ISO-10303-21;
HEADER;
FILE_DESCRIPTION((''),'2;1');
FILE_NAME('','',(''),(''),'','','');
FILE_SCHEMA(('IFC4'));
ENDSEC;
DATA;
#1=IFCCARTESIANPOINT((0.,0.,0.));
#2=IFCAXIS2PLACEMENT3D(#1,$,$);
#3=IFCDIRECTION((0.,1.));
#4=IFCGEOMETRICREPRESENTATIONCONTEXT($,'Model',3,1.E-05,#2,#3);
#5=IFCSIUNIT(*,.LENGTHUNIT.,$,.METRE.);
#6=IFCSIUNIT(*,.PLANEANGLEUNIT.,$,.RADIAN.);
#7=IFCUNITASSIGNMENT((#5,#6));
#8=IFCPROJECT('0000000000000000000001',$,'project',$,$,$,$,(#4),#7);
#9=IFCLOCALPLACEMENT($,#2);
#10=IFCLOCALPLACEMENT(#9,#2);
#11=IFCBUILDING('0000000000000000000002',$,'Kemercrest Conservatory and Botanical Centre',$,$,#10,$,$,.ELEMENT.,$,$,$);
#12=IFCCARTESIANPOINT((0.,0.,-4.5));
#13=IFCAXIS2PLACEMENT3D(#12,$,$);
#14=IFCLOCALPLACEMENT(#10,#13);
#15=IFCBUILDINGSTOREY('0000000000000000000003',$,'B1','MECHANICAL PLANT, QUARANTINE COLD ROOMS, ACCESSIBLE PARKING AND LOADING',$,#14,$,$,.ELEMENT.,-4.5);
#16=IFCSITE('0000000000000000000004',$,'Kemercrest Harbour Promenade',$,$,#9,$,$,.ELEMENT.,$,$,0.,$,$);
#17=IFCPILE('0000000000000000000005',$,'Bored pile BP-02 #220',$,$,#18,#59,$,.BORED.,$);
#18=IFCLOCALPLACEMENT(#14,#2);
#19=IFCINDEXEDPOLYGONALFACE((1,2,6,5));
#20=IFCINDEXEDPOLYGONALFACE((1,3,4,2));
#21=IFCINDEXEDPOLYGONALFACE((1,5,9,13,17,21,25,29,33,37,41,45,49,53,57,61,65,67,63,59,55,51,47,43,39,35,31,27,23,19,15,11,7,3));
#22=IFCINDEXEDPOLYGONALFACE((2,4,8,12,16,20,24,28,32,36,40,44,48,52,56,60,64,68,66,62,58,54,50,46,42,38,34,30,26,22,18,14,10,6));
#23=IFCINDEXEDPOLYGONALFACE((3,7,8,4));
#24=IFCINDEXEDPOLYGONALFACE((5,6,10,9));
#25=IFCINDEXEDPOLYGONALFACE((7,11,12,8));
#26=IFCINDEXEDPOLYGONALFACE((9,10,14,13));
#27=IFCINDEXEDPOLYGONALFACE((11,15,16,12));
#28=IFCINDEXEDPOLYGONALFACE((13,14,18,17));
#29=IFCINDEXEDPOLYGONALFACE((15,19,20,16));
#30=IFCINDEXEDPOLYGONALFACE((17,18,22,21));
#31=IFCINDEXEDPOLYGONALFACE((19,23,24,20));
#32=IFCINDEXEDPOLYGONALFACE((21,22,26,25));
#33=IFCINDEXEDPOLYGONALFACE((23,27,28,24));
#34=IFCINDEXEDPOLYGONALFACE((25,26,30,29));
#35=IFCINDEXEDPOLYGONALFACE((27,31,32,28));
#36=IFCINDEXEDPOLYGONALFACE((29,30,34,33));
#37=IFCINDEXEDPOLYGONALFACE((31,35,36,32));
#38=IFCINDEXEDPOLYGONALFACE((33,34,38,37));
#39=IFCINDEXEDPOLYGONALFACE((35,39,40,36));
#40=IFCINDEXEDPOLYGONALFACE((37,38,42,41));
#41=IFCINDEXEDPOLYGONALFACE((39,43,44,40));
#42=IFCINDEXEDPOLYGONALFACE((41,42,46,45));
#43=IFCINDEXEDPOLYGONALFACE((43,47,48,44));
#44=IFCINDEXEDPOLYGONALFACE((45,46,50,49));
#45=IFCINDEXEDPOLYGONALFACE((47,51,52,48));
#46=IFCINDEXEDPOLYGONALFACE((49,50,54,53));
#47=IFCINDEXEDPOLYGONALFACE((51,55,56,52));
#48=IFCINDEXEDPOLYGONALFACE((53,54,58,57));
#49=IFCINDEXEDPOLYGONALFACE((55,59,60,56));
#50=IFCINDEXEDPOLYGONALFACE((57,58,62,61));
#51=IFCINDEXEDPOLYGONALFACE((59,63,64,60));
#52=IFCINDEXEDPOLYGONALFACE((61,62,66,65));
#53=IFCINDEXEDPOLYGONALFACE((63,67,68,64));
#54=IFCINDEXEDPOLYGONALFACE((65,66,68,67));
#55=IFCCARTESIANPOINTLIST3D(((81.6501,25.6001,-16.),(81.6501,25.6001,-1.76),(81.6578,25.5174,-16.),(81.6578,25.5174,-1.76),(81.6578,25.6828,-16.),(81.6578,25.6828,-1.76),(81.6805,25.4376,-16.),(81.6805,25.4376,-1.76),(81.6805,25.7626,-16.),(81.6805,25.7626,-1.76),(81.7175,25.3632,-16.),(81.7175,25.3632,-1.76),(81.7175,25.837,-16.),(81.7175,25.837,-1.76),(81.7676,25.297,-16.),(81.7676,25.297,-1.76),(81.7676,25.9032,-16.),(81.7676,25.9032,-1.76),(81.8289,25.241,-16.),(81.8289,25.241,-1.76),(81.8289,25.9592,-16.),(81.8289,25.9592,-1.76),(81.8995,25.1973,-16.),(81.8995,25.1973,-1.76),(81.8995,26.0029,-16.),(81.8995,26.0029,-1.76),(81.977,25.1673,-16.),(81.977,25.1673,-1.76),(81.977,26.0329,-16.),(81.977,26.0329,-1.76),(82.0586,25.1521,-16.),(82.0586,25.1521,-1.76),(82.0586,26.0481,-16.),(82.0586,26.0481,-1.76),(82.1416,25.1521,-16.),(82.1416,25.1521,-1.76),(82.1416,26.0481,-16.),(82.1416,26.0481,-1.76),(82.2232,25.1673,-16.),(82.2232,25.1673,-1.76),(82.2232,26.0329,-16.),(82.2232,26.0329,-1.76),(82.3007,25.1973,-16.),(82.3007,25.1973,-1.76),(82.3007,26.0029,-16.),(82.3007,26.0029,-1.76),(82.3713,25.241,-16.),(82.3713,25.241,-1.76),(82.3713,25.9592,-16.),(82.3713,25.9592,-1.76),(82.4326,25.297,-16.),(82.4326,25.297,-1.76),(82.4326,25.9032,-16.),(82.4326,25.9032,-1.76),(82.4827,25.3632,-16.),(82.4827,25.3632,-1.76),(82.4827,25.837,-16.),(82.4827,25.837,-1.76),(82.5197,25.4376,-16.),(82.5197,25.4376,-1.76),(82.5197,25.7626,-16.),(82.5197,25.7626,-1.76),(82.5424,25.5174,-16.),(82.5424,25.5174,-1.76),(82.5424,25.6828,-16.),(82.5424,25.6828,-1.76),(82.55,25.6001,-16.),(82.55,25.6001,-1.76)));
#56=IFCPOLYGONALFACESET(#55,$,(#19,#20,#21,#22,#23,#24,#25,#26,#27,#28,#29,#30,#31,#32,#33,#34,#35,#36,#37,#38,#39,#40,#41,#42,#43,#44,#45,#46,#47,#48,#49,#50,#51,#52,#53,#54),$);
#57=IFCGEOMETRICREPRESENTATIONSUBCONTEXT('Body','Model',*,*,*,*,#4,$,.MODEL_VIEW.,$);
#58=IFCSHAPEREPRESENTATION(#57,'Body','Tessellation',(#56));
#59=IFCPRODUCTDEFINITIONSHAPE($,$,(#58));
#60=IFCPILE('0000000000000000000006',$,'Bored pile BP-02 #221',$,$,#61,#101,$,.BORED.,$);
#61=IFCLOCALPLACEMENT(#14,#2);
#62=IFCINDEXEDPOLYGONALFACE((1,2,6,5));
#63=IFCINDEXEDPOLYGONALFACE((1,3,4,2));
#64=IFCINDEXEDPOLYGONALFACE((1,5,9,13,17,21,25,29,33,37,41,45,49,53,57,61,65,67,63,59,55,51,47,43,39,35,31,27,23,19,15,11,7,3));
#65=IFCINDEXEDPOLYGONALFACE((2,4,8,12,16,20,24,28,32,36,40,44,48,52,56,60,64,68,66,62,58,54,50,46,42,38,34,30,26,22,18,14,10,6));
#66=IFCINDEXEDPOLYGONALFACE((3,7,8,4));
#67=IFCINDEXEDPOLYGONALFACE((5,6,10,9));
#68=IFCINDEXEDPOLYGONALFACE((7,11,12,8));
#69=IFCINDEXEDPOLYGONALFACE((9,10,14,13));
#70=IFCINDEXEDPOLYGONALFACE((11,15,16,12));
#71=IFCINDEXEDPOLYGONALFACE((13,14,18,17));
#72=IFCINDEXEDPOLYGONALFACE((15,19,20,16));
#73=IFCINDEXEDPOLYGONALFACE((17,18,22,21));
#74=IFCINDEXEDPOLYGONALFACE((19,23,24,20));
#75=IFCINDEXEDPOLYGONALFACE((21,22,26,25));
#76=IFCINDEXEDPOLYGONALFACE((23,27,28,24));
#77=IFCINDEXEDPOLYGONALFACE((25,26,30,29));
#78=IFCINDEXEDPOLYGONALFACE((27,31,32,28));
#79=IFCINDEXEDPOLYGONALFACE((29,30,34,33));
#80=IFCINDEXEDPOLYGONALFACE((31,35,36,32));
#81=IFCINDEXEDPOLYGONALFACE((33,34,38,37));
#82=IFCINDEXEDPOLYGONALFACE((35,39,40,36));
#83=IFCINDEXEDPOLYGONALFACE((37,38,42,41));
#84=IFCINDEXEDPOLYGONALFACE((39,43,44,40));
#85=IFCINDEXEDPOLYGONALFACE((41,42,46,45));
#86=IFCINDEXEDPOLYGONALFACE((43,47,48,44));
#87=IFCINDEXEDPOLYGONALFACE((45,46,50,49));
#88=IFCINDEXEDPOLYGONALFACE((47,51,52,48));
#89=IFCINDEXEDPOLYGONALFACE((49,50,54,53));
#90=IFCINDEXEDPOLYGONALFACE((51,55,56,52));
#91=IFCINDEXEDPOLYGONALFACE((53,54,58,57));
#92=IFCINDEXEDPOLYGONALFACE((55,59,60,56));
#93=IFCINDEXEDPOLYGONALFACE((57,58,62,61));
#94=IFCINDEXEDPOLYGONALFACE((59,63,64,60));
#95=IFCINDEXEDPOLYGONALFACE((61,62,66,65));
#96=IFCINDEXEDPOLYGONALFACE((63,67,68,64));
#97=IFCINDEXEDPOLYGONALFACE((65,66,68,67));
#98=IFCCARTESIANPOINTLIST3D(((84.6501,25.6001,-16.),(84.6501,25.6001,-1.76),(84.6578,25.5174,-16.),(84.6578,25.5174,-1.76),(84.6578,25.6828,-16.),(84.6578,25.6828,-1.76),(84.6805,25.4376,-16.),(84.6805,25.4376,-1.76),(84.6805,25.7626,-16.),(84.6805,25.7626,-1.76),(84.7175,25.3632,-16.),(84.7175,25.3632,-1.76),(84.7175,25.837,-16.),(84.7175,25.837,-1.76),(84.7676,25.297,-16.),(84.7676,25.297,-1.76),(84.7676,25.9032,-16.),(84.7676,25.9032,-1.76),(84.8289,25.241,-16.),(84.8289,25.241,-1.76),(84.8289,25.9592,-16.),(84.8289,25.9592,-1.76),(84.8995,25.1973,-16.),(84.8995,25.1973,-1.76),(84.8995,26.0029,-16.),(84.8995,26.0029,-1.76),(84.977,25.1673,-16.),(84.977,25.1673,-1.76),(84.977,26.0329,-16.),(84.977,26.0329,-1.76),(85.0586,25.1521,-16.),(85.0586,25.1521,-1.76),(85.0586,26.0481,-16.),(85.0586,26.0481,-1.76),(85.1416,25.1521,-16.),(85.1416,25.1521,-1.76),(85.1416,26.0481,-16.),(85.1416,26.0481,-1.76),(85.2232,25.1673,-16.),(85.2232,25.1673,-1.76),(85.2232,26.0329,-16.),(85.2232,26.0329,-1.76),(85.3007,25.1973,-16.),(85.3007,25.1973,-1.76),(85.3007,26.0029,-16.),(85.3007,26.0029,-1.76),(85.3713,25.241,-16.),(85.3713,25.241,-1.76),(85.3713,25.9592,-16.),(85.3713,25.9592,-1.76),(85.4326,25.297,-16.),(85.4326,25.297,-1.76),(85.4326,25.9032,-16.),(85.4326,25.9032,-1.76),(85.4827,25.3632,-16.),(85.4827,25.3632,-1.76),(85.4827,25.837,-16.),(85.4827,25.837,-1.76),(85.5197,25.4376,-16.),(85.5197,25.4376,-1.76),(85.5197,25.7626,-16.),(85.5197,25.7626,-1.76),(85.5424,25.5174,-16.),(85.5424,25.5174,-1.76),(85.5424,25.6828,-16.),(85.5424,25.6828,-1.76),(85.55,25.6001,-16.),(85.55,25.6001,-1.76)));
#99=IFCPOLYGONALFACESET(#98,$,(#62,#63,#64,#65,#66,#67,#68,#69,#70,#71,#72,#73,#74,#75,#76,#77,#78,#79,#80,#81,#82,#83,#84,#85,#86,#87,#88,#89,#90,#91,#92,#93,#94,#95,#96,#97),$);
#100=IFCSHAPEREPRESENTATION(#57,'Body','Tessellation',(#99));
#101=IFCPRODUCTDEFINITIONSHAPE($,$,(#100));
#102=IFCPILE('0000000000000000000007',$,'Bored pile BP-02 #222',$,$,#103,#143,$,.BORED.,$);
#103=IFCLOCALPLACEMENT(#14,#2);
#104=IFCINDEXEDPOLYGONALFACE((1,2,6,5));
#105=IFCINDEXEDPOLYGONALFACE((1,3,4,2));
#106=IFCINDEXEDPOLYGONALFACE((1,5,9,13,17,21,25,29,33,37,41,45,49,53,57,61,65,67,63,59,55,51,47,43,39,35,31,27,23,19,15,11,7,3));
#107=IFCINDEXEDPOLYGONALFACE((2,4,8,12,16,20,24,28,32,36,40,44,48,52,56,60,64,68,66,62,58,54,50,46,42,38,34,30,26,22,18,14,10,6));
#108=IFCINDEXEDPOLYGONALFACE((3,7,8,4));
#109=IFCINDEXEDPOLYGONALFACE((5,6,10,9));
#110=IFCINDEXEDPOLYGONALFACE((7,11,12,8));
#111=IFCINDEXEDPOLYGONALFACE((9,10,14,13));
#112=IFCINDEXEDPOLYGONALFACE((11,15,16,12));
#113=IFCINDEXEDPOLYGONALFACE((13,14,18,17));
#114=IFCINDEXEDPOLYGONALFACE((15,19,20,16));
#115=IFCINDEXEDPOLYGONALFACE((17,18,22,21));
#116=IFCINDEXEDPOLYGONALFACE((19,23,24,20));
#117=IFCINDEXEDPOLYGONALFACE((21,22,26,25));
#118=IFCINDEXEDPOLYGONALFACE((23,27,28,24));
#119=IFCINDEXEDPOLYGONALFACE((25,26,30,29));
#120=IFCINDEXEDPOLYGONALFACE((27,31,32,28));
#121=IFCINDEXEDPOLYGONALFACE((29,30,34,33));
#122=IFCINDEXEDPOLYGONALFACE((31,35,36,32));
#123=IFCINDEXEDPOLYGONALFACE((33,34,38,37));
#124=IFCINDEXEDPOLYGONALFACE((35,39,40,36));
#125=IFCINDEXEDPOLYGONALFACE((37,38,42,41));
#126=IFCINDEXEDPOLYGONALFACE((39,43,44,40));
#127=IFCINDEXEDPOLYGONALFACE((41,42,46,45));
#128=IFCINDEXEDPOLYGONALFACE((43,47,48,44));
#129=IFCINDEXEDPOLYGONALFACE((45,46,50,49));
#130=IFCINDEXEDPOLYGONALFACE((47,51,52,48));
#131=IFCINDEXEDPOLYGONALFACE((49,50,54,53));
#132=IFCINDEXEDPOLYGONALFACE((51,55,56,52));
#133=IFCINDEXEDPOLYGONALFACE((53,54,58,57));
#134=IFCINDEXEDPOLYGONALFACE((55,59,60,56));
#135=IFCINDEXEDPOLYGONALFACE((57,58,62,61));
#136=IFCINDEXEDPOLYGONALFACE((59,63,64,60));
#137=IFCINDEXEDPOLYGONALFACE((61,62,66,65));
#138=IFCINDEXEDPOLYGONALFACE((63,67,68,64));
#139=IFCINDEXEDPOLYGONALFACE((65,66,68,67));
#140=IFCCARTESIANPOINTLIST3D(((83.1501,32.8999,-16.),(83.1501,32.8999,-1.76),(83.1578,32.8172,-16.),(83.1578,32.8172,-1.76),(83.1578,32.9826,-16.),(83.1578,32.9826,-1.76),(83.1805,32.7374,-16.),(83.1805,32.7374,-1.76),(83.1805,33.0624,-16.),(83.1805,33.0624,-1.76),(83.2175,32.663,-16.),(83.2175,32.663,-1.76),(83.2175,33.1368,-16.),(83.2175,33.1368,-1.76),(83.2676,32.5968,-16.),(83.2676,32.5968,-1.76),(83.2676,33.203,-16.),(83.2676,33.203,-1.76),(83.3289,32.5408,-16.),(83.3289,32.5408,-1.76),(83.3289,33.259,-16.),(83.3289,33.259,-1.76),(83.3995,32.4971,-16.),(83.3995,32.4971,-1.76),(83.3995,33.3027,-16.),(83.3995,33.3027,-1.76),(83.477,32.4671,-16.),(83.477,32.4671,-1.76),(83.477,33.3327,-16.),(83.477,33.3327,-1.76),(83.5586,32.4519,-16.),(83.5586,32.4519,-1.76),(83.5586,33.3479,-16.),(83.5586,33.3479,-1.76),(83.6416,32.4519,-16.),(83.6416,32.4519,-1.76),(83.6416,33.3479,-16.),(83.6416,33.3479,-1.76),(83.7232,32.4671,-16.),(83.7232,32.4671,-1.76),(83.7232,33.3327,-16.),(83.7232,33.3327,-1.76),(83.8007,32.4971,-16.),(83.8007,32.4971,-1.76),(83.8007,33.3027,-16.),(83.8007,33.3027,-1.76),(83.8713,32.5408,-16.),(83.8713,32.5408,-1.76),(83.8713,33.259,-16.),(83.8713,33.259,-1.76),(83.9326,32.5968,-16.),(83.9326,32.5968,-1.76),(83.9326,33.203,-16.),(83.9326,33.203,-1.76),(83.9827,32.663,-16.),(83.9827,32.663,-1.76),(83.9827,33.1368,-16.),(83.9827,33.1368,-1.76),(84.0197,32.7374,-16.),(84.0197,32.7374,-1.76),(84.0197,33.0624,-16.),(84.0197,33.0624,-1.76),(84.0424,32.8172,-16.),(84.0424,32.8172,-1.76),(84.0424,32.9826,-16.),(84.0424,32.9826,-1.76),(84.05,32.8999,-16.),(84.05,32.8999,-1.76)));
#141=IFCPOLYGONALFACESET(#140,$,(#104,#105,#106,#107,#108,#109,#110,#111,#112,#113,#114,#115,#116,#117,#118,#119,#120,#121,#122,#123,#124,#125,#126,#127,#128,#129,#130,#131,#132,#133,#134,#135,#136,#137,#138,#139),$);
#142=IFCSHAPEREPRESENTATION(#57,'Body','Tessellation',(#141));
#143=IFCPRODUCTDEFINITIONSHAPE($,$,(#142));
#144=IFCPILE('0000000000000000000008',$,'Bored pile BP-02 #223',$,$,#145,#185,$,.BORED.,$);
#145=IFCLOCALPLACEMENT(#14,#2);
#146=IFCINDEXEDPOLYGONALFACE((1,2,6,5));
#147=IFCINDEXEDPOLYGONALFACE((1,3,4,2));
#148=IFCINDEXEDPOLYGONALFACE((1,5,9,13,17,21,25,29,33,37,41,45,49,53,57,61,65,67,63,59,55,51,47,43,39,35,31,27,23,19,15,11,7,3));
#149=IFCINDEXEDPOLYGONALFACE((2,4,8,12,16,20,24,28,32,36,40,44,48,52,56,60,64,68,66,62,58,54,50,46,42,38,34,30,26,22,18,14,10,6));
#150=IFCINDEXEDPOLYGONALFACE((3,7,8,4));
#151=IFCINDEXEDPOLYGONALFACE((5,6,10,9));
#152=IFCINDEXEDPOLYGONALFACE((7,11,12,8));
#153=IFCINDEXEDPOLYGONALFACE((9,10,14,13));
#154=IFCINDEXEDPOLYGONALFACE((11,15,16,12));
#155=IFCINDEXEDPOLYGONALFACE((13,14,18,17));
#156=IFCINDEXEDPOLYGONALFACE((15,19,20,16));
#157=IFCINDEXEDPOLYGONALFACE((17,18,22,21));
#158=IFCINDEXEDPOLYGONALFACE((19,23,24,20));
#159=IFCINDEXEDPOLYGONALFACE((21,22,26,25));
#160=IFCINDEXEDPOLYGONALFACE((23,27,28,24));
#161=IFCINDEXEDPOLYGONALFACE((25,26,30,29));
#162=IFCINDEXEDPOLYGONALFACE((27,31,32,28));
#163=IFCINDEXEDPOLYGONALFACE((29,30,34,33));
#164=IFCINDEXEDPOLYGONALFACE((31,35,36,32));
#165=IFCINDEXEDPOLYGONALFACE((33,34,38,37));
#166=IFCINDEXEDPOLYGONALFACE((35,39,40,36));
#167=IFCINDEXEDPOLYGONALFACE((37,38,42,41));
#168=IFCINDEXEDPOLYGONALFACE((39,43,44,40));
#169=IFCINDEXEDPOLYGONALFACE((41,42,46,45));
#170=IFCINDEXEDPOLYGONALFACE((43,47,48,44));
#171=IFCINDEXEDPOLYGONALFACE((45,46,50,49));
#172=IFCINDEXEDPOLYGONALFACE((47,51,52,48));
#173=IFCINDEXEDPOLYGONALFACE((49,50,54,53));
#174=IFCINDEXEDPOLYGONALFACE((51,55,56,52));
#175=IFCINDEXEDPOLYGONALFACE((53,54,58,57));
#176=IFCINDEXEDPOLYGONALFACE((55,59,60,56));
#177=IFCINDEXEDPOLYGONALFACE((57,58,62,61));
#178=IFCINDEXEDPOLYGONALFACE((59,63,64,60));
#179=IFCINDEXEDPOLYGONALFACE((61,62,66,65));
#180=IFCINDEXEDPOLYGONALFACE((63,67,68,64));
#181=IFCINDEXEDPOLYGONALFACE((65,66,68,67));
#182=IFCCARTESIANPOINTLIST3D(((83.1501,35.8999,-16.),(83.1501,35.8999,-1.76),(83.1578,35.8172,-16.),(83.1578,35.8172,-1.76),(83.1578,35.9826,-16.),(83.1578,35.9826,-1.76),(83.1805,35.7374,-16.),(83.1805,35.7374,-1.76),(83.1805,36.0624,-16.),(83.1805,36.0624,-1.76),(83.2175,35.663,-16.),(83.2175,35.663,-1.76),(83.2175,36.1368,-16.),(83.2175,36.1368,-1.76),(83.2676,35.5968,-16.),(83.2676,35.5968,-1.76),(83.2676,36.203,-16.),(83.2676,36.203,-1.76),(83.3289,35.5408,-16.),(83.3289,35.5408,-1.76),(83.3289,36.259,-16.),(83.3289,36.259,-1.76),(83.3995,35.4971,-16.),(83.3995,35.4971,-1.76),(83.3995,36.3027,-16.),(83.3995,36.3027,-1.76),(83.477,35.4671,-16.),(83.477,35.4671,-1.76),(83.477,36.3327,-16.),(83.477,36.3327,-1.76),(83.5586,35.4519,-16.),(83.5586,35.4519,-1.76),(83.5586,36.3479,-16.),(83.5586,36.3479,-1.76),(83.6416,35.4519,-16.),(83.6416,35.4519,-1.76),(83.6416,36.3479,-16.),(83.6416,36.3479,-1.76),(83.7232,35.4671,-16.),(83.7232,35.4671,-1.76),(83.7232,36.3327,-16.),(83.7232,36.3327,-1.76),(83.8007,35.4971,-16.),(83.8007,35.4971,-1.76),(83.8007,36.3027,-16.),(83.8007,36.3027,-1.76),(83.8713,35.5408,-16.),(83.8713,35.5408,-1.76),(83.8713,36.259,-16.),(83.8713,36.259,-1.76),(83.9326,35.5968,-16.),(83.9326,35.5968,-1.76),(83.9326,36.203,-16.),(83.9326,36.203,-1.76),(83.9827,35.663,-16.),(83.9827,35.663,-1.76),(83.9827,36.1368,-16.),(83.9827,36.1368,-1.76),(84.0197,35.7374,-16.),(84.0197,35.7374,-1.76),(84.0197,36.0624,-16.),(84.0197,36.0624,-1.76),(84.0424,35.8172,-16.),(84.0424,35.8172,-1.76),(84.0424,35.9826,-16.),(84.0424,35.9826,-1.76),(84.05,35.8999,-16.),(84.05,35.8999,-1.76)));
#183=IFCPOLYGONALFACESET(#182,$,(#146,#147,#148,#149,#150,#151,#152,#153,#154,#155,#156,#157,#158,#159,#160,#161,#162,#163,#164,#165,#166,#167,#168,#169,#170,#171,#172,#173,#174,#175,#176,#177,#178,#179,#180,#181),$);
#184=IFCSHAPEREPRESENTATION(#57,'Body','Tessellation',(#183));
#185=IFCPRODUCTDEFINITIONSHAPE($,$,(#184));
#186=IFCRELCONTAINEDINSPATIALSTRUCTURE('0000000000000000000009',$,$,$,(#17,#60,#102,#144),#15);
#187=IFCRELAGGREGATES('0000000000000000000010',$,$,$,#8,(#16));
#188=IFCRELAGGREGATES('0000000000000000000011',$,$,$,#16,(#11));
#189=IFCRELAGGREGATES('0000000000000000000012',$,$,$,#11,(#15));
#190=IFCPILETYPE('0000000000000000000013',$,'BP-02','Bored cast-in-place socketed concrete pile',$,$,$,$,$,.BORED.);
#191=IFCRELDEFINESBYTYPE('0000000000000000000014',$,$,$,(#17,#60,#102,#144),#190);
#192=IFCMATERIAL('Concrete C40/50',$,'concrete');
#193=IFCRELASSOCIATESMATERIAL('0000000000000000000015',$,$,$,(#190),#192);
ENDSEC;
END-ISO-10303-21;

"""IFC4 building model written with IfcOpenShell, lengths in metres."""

from ifc_helpers import new_model, si_unit, direction, frame, origin, origin_2d, place, context, subcontext, project, spatial, circle, extrude, material, material_profile, profile_set, type_object, element, save


model = new_model("IFC4")

# Units and contexts
model_context = context("Model", 3, precision=1e-05, world=origin(), true_north=direction((0.0, 1.0)))
body_context = subcontext(model_context, "Body", "Model", "MODEL_VIEW")
ifc_project = project(units=[si_unit("LENGTHUNIT", "METRE"), si_unit("PLANEANGLEUNIT", "RADIAN")], contexts=[model_context])

# Site, building, storey
site_placement = place(None, origin())
site = spatial("IfcSite", under=ifc_project, at=site_placement, Name="Kemercrest Harbour Promenade", CompositionType="ELEMENT", RefElevation=0.0)
building_placement = place(site_placement, origin())
building = spatial("IfcBuilding", under=site, at=building_placement, Name="Kemercrest Conservatory and Botanical Centre", CompositionType="ELEMENT")
storey_placement = place(building_placement, frame((0.0, 0.0, -4.5)))
storey = spatial("IfcBuildingStorey", under=building, at=storey_placement, Name="B1", Description="MECHANICAL PLANT, QUARANTINE COLD ROOMS, ACCESSIBLE PARKING AND LOADING", CompositionType="ELEMENT", Elevation=-4.5)

# Piles
ifc_material_1 = material(Name="Concrete C40/50", Category="concrete")
ifc_material_profile_1 = material_profile(ifc_material_1, circle(Radius=0.45, at=origin_2d()), Name="BORED PILE 900")
ifc_profile_set_1 = profile_set([ifc_material_profile_1], Name="Concrete C40/50")
pile_type_1 = type_object("IfcPileType", Name="BP-02", Description="Bored cast-in-place socketed concrete pile", PredefinedType="BORED", material=ifc_profile_set_1)
for number, where, z_axis, x_axis, name in (
    (1, (82.1001, 25.6001, -1.76), (0.0, 0.0, -1.0), (1.0, 0.0, 0.0), "Bored pile BP-02 #220"),
    (2, (85.1001, 25.6001, -1.76), (0.0, 0.0, -1.0), (1.0, 0.0, 0.0), "Bored pile BP-02 #221"),
    (3, (83.6001, 32.8999, -1.76), (0.0, 0.0, -1.0), (1.0, 0.0, 0.0), "Bored pile BP-02 #222"),
    (4, (83.6001, 35.8999, -1.76), (0.0, 0.0, -1.0), (1.0, 0.0, 0.0), "Bored pile BP-02 #223"),
):
    element("IfcPile", number, at=place(storey_placement, frame(where, z_axis=z_axis, x_axis=x_axis)), inside=storey, type_object=pile_type_1, Name=name, PredefinedType="BORED", context=body_context, shape_type="SweptSolid", body=[
        extrude(circle(Radius=0.45, at=origin_2d()), origin(), (0.0, 0.0, 1.0), 14.24),
    ])

save(model, "model.ifc")
